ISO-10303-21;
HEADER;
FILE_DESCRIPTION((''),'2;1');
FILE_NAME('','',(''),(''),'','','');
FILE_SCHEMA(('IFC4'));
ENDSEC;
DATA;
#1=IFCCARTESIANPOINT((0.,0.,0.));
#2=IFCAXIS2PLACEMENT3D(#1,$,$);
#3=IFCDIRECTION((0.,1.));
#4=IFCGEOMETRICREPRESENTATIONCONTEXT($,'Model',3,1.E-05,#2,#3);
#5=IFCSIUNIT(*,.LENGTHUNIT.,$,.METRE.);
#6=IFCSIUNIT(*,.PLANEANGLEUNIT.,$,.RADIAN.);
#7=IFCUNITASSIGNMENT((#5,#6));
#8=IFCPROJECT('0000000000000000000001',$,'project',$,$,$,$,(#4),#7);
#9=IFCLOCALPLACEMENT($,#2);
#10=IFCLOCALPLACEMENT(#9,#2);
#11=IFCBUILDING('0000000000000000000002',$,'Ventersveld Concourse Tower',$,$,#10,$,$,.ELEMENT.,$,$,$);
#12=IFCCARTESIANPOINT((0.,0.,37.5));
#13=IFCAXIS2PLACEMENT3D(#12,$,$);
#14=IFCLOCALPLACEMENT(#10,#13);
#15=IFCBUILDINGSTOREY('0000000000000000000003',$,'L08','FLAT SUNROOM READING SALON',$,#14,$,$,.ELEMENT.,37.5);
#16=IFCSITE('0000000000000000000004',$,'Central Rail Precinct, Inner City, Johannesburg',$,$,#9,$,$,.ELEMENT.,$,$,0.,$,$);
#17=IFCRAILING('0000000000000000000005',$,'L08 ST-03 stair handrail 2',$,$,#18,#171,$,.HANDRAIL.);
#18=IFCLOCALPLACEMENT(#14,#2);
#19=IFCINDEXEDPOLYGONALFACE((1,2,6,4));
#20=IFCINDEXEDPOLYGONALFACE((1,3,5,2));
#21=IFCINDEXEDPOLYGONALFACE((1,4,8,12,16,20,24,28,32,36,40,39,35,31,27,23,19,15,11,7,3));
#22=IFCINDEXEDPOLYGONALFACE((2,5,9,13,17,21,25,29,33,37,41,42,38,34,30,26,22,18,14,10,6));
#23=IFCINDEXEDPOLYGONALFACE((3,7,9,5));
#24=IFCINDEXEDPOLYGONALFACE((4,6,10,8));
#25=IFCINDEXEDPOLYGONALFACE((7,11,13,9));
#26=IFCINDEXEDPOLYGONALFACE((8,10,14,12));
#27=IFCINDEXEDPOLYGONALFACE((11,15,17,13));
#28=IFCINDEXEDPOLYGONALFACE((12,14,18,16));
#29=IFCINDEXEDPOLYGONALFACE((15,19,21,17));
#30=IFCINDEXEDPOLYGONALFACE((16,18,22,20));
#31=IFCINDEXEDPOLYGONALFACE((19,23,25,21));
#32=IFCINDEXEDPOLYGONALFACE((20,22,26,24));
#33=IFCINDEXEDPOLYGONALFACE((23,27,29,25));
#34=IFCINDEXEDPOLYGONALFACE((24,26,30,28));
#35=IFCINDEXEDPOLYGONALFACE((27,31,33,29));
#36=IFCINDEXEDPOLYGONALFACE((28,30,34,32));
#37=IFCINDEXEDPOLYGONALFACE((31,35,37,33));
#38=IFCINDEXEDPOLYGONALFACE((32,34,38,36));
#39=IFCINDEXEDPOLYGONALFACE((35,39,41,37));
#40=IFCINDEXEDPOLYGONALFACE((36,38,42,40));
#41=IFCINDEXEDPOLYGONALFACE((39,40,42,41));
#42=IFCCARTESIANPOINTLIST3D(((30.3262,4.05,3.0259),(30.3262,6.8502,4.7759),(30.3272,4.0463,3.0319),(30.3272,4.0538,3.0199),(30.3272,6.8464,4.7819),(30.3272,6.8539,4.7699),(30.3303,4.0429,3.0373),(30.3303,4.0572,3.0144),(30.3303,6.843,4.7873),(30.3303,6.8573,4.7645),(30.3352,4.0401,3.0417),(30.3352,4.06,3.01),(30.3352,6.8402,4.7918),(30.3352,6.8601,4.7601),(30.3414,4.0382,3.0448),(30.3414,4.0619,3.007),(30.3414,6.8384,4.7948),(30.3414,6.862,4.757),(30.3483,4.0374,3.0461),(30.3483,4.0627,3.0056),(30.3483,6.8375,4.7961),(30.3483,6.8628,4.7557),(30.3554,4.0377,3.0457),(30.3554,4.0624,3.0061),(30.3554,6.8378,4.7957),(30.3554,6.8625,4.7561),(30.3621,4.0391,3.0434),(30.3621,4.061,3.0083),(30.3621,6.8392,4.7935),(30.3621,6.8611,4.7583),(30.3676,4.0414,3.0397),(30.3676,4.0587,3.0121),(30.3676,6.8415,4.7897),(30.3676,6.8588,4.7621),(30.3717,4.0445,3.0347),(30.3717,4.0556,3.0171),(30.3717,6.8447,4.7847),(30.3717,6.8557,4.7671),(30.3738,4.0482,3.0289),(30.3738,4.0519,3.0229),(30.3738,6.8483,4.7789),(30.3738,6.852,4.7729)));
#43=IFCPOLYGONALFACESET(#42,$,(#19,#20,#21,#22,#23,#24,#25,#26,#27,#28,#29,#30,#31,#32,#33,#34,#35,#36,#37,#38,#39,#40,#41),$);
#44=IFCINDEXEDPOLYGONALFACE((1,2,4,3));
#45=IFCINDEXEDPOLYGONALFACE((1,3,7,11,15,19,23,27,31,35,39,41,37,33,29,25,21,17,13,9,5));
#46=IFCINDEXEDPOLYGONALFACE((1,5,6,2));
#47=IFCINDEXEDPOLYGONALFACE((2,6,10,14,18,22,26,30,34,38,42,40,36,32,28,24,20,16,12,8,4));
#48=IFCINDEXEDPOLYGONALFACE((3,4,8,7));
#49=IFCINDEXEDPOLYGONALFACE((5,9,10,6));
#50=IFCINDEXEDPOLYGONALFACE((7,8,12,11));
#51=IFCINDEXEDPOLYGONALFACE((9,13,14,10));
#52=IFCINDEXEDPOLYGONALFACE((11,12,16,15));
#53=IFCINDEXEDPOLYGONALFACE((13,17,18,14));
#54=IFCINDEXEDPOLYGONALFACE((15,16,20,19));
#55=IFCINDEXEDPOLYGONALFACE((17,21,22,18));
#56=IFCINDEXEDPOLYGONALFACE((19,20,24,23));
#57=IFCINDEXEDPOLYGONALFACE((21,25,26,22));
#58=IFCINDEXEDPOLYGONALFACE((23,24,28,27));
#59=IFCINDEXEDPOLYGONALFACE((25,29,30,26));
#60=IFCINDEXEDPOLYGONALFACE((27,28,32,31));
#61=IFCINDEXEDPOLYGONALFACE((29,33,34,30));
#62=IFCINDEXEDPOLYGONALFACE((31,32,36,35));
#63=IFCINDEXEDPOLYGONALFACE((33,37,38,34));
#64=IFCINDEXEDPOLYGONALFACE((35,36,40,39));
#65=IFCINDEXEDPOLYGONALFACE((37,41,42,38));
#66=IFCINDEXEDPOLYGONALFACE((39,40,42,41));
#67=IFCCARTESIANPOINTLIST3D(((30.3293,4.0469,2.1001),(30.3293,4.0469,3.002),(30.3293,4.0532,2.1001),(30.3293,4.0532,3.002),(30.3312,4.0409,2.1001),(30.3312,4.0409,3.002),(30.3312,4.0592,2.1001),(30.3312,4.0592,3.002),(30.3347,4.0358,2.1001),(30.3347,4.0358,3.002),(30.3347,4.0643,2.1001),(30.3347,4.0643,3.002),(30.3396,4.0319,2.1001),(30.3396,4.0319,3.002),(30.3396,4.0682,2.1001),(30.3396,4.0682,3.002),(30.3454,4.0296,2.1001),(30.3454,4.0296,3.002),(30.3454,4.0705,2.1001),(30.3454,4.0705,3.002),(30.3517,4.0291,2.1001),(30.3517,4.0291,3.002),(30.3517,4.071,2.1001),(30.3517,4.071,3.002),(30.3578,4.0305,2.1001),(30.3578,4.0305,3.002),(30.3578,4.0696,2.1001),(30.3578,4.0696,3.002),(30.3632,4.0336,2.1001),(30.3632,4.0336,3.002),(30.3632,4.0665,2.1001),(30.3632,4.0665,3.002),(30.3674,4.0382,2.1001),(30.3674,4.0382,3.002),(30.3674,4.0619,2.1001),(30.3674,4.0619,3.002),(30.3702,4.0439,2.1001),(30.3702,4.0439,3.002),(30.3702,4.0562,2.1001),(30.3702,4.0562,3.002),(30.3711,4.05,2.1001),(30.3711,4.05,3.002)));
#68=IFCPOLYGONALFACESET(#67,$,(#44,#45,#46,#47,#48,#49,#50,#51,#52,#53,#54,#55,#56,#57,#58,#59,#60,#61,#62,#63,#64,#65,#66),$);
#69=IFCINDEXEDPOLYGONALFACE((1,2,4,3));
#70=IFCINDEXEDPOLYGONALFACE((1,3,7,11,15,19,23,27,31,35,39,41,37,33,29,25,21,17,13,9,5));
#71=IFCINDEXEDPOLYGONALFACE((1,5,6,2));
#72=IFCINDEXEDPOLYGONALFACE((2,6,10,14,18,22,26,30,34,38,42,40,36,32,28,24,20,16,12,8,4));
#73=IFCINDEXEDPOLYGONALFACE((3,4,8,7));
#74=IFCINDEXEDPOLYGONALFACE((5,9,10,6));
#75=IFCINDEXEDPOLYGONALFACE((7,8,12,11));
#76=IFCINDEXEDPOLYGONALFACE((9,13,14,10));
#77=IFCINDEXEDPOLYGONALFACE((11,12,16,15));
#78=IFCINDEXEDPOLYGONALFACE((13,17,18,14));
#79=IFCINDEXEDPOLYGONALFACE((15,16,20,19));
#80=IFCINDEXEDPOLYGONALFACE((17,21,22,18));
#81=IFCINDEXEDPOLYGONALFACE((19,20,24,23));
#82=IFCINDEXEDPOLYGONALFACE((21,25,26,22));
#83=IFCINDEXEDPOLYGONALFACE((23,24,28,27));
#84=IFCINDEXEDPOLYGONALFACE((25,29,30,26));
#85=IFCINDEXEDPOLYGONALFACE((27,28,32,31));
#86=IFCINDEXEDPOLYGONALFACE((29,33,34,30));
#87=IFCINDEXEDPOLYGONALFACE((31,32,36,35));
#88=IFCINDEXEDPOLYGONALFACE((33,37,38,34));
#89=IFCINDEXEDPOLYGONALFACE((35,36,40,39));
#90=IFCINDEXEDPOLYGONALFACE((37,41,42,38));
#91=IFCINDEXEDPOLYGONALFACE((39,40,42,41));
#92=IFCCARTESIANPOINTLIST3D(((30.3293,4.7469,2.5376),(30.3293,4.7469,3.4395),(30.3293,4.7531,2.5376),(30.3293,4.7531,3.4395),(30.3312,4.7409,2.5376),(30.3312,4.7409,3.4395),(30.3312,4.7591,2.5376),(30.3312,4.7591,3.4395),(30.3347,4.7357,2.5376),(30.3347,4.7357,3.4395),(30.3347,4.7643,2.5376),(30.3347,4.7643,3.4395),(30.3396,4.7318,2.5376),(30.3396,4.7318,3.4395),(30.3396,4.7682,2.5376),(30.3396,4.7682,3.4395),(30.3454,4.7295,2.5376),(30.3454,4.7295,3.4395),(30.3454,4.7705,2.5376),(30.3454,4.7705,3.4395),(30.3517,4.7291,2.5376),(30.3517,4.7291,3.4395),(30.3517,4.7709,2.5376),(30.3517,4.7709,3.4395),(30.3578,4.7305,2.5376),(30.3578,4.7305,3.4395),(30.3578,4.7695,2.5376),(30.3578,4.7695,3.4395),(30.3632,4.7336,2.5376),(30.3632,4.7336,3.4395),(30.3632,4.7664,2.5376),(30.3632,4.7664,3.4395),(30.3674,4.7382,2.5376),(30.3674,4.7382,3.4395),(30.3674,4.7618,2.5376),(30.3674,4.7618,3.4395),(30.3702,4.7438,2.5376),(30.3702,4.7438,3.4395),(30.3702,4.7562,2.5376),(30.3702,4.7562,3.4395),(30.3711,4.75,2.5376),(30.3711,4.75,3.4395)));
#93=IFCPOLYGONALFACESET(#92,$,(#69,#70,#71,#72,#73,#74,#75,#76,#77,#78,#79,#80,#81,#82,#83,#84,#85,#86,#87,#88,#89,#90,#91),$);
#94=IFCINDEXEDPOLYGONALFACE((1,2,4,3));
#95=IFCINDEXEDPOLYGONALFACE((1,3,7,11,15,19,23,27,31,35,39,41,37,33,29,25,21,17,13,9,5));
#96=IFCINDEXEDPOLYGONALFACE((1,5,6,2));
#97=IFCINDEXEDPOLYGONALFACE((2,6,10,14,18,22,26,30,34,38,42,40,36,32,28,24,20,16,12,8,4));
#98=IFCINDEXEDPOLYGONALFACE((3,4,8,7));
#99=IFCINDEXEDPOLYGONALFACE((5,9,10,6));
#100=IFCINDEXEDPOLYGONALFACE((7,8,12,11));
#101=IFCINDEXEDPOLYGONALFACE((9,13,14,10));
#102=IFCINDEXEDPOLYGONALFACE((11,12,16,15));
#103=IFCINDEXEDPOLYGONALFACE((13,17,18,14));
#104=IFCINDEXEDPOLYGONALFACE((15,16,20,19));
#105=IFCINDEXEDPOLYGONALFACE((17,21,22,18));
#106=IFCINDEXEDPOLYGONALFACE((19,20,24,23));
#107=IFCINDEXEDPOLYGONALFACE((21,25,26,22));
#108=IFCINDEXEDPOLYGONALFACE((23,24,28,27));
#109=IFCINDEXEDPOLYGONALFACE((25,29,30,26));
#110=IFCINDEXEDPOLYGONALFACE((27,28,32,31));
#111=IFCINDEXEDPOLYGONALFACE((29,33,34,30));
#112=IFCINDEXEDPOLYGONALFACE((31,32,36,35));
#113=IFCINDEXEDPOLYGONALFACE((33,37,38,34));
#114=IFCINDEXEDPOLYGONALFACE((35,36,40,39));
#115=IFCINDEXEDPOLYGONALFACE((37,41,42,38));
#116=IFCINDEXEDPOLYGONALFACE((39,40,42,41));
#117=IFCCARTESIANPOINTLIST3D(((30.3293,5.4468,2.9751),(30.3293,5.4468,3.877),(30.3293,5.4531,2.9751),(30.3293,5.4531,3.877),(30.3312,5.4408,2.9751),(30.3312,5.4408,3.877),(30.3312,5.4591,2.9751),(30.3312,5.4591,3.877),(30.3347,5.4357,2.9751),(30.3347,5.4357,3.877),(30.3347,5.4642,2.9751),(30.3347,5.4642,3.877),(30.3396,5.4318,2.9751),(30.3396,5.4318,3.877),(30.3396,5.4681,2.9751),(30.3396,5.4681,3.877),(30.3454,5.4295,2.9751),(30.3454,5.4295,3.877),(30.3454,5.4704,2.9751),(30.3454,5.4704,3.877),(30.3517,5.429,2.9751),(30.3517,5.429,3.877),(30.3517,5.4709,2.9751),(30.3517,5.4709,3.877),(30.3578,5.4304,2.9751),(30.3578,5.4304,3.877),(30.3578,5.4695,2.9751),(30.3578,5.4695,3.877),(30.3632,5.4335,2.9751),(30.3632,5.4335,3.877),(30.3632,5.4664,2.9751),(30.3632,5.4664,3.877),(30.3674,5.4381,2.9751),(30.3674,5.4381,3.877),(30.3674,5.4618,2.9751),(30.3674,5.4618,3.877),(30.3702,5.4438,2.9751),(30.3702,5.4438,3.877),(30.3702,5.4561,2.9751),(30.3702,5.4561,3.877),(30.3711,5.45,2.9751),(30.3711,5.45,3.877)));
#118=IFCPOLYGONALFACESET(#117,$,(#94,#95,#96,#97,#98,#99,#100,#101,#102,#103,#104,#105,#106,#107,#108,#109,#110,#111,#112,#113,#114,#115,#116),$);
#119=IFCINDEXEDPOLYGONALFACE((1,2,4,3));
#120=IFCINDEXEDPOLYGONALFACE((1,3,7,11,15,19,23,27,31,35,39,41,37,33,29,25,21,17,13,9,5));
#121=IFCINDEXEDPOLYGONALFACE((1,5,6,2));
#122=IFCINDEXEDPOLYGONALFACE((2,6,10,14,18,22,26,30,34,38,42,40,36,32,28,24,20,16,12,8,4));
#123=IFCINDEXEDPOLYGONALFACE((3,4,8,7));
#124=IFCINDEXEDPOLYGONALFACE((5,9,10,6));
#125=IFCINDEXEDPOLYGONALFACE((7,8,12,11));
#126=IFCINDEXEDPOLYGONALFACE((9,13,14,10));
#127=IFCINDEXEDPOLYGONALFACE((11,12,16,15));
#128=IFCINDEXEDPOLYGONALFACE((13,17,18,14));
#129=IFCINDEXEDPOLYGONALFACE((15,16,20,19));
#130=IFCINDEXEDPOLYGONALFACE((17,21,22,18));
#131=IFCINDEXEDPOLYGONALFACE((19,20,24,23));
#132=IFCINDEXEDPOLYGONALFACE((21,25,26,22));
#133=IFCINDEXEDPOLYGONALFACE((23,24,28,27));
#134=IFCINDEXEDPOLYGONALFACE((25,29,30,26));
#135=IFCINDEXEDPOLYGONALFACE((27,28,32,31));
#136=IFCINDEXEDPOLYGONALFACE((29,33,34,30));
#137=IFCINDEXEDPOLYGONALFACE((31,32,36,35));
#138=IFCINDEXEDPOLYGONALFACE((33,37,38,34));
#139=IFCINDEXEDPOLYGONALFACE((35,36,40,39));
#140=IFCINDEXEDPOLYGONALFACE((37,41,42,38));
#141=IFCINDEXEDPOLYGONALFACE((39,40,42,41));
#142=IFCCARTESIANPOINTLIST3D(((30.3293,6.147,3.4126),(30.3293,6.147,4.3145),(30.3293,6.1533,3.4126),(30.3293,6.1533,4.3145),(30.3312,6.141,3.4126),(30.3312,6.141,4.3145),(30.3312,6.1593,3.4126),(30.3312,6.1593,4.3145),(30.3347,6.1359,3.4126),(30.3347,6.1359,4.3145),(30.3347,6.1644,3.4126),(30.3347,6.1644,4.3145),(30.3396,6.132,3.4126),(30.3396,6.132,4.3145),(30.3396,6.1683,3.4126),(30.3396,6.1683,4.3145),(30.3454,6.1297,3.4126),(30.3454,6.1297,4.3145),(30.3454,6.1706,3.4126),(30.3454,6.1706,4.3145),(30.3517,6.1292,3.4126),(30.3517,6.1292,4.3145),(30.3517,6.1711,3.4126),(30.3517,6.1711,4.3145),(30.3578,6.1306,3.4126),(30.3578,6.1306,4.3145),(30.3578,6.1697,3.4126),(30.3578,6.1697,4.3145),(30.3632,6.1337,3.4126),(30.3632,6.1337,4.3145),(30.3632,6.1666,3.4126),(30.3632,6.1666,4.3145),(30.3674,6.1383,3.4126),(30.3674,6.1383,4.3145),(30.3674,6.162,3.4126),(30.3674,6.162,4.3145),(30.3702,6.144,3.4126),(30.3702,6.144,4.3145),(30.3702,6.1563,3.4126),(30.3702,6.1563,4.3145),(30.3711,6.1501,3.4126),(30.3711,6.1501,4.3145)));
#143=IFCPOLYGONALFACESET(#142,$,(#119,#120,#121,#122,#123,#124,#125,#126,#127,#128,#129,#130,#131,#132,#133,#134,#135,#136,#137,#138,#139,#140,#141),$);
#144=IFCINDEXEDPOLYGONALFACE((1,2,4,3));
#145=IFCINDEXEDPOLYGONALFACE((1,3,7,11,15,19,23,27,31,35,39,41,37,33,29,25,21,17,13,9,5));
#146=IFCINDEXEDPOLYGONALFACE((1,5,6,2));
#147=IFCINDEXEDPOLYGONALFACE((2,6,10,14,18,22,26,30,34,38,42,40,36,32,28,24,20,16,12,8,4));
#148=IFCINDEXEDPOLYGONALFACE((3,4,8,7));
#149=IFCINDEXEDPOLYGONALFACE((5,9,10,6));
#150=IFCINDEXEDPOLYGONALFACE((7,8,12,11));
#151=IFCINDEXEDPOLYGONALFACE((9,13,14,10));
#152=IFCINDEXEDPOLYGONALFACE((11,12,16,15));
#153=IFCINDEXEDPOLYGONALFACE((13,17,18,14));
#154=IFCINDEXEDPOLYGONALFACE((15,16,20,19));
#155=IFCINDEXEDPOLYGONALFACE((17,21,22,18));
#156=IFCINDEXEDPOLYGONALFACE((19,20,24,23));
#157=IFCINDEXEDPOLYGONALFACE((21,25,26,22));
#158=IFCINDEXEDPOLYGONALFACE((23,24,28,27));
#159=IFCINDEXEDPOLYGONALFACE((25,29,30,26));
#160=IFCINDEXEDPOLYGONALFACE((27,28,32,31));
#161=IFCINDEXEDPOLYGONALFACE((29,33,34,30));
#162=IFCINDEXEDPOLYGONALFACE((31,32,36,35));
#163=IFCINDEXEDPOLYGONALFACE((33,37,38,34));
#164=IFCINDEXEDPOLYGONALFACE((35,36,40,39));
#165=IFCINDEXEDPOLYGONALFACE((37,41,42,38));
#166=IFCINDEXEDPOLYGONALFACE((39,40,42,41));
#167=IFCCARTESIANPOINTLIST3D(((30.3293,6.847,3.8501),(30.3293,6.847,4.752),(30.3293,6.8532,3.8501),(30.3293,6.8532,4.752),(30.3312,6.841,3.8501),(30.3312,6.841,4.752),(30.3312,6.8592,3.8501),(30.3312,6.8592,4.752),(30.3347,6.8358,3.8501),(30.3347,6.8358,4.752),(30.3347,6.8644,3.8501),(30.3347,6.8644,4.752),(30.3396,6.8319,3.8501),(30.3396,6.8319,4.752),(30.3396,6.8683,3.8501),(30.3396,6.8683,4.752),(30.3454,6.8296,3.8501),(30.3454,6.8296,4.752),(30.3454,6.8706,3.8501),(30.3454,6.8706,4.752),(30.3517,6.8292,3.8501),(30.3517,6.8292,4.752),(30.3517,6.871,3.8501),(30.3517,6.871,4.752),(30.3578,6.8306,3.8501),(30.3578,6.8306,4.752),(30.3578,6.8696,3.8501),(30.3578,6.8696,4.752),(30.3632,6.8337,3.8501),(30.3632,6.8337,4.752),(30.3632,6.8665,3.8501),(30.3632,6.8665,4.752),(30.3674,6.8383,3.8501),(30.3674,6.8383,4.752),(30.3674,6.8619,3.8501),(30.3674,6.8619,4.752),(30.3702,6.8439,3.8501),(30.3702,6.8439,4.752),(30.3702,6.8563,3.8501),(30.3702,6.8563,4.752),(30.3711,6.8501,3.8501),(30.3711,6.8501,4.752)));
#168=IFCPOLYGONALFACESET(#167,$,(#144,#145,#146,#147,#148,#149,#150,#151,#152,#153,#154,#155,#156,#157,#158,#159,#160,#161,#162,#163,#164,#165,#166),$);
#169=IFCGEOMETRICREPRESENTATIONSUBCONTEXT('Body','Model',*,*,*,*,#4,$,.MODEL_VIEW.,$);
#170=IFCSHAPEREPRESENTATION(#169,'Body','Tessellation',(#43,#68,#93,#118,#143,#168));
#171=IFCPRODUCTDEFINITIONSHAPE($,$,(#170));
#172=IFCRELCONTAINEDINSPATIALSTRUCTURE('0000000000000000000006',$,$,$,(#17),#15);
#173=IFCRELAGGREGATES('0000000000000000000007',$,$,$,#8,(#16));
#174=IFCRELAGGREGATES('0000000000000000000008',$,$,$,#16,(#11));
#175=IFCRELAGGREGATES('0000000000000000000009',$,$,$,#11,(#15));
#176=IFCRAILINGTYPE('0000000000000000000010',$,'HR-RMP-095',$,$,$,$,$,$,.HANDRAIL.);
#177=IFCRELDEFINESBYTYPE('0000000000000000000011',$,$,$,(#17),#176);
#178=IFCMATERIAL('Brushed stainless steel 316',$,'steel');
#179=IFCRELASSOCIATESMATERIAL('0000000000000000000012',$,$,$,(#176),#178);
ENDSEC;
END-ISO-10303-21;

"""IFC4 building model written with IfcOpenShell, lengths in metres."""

from ifc_helpers import new_model, si_unit, direction, frame, origin, origin_2d, place, context, subcontext, project, spatial, circle, extrude, material, type_object, element, save


model = new_model("IFC4")

# Units and contexts
model_context = context("Model", 3, precision=1e-05, world=origin(), true_north=direction((0.0, 1.0)))
body_context = subcontext(model_context, "Body", "Model", "MODEL_VIEW")
ifc_project = project(units=[si_unit("LENGTHUNIT", "METRE"), si_unit("PLANEANGLEUNIT", "RADIAN")], contexts=[model_context])

# Site, building, storey
site_placement = place(None, origin())
site = spatial("IfcSite", under=ifc_project, at=site_placement, Name="Central Rail Precinct, Inner City, Johannesburg", CompositionType="ELEMENT", RefElevation=0.0)
building_placement = place(site_placement, origin())
building = spatial("IfcBuilding", under=site, at=building_placement, Name="Ventersveld Concourse Tower", CompositionType="ELEMENT")
storey_placement = place(building_placement, frame((0.0, 0.0, 37.5)))
storey = spatial("IfcBuildingStorey", under=building, at=storey_placement, Name="L08", Description="FLAT SUNROOM READING SALON", CompositionType="ELEMENT", Elevation=37.5)

# Railing
ifc_material_1 = material(Name="Brushed stainless steel 316", Category="steel")
railing_type_1 = type_object("IfcRailingType", Name="HR-RMP-095", PredefinedType="HANDRAIL", material=ifc_material_1)
railing_1_placement = place(storey_placement, frame((30.3501, 4.05, 2.1001)))
element("IfcRailing", 1, at=railing_1_placement, inside=storey, type_object=railing_type_1, Name="L08 ST-03 stair handrail 2", PredefinedType="HANDRAIL", context=body_context, shape_type="SweptSolid", body=[
    extrude(circle(Radius=0.0239, at=origin_2d()), frame((0.0, 0.0, 0.9258), z_axis=(0.0, 0.848002, 0.529992), x_axis=(-1.0, 0.0, 0.0)), (0.0, 0.0, 1.0), 3.302),
    extrude(circle(Radius=0.021, at=origin_2d()), origin(), (0.0, 0.0, 1.0), 0.9019),
    extrude(circle(Radius=0.021, at=origin_2d()), frame((0.0, 0.7, 0.4375)), (0.0, 0.0, 1.0), 0.9019),
    extrude(circle(Radius=0.021, at=origin_2d()), frame((0.0, 1.3999, 0.875)), (0.0, 0.0, 1.0), 0.9019),
    extrude(circle(Radius=0.021, at=origin_2d()), frame((0.0, 2.1001, 1.3125)), (0.0, 0.0, 1.0), 0.9019),
    extrude(circle(Radius=0.021, at=origin_2d()), frame((0.0, 2.8, 1.75)), (0.0, 0.0, 1.0), 0.9019),
])

save(model, "model.ifc")
